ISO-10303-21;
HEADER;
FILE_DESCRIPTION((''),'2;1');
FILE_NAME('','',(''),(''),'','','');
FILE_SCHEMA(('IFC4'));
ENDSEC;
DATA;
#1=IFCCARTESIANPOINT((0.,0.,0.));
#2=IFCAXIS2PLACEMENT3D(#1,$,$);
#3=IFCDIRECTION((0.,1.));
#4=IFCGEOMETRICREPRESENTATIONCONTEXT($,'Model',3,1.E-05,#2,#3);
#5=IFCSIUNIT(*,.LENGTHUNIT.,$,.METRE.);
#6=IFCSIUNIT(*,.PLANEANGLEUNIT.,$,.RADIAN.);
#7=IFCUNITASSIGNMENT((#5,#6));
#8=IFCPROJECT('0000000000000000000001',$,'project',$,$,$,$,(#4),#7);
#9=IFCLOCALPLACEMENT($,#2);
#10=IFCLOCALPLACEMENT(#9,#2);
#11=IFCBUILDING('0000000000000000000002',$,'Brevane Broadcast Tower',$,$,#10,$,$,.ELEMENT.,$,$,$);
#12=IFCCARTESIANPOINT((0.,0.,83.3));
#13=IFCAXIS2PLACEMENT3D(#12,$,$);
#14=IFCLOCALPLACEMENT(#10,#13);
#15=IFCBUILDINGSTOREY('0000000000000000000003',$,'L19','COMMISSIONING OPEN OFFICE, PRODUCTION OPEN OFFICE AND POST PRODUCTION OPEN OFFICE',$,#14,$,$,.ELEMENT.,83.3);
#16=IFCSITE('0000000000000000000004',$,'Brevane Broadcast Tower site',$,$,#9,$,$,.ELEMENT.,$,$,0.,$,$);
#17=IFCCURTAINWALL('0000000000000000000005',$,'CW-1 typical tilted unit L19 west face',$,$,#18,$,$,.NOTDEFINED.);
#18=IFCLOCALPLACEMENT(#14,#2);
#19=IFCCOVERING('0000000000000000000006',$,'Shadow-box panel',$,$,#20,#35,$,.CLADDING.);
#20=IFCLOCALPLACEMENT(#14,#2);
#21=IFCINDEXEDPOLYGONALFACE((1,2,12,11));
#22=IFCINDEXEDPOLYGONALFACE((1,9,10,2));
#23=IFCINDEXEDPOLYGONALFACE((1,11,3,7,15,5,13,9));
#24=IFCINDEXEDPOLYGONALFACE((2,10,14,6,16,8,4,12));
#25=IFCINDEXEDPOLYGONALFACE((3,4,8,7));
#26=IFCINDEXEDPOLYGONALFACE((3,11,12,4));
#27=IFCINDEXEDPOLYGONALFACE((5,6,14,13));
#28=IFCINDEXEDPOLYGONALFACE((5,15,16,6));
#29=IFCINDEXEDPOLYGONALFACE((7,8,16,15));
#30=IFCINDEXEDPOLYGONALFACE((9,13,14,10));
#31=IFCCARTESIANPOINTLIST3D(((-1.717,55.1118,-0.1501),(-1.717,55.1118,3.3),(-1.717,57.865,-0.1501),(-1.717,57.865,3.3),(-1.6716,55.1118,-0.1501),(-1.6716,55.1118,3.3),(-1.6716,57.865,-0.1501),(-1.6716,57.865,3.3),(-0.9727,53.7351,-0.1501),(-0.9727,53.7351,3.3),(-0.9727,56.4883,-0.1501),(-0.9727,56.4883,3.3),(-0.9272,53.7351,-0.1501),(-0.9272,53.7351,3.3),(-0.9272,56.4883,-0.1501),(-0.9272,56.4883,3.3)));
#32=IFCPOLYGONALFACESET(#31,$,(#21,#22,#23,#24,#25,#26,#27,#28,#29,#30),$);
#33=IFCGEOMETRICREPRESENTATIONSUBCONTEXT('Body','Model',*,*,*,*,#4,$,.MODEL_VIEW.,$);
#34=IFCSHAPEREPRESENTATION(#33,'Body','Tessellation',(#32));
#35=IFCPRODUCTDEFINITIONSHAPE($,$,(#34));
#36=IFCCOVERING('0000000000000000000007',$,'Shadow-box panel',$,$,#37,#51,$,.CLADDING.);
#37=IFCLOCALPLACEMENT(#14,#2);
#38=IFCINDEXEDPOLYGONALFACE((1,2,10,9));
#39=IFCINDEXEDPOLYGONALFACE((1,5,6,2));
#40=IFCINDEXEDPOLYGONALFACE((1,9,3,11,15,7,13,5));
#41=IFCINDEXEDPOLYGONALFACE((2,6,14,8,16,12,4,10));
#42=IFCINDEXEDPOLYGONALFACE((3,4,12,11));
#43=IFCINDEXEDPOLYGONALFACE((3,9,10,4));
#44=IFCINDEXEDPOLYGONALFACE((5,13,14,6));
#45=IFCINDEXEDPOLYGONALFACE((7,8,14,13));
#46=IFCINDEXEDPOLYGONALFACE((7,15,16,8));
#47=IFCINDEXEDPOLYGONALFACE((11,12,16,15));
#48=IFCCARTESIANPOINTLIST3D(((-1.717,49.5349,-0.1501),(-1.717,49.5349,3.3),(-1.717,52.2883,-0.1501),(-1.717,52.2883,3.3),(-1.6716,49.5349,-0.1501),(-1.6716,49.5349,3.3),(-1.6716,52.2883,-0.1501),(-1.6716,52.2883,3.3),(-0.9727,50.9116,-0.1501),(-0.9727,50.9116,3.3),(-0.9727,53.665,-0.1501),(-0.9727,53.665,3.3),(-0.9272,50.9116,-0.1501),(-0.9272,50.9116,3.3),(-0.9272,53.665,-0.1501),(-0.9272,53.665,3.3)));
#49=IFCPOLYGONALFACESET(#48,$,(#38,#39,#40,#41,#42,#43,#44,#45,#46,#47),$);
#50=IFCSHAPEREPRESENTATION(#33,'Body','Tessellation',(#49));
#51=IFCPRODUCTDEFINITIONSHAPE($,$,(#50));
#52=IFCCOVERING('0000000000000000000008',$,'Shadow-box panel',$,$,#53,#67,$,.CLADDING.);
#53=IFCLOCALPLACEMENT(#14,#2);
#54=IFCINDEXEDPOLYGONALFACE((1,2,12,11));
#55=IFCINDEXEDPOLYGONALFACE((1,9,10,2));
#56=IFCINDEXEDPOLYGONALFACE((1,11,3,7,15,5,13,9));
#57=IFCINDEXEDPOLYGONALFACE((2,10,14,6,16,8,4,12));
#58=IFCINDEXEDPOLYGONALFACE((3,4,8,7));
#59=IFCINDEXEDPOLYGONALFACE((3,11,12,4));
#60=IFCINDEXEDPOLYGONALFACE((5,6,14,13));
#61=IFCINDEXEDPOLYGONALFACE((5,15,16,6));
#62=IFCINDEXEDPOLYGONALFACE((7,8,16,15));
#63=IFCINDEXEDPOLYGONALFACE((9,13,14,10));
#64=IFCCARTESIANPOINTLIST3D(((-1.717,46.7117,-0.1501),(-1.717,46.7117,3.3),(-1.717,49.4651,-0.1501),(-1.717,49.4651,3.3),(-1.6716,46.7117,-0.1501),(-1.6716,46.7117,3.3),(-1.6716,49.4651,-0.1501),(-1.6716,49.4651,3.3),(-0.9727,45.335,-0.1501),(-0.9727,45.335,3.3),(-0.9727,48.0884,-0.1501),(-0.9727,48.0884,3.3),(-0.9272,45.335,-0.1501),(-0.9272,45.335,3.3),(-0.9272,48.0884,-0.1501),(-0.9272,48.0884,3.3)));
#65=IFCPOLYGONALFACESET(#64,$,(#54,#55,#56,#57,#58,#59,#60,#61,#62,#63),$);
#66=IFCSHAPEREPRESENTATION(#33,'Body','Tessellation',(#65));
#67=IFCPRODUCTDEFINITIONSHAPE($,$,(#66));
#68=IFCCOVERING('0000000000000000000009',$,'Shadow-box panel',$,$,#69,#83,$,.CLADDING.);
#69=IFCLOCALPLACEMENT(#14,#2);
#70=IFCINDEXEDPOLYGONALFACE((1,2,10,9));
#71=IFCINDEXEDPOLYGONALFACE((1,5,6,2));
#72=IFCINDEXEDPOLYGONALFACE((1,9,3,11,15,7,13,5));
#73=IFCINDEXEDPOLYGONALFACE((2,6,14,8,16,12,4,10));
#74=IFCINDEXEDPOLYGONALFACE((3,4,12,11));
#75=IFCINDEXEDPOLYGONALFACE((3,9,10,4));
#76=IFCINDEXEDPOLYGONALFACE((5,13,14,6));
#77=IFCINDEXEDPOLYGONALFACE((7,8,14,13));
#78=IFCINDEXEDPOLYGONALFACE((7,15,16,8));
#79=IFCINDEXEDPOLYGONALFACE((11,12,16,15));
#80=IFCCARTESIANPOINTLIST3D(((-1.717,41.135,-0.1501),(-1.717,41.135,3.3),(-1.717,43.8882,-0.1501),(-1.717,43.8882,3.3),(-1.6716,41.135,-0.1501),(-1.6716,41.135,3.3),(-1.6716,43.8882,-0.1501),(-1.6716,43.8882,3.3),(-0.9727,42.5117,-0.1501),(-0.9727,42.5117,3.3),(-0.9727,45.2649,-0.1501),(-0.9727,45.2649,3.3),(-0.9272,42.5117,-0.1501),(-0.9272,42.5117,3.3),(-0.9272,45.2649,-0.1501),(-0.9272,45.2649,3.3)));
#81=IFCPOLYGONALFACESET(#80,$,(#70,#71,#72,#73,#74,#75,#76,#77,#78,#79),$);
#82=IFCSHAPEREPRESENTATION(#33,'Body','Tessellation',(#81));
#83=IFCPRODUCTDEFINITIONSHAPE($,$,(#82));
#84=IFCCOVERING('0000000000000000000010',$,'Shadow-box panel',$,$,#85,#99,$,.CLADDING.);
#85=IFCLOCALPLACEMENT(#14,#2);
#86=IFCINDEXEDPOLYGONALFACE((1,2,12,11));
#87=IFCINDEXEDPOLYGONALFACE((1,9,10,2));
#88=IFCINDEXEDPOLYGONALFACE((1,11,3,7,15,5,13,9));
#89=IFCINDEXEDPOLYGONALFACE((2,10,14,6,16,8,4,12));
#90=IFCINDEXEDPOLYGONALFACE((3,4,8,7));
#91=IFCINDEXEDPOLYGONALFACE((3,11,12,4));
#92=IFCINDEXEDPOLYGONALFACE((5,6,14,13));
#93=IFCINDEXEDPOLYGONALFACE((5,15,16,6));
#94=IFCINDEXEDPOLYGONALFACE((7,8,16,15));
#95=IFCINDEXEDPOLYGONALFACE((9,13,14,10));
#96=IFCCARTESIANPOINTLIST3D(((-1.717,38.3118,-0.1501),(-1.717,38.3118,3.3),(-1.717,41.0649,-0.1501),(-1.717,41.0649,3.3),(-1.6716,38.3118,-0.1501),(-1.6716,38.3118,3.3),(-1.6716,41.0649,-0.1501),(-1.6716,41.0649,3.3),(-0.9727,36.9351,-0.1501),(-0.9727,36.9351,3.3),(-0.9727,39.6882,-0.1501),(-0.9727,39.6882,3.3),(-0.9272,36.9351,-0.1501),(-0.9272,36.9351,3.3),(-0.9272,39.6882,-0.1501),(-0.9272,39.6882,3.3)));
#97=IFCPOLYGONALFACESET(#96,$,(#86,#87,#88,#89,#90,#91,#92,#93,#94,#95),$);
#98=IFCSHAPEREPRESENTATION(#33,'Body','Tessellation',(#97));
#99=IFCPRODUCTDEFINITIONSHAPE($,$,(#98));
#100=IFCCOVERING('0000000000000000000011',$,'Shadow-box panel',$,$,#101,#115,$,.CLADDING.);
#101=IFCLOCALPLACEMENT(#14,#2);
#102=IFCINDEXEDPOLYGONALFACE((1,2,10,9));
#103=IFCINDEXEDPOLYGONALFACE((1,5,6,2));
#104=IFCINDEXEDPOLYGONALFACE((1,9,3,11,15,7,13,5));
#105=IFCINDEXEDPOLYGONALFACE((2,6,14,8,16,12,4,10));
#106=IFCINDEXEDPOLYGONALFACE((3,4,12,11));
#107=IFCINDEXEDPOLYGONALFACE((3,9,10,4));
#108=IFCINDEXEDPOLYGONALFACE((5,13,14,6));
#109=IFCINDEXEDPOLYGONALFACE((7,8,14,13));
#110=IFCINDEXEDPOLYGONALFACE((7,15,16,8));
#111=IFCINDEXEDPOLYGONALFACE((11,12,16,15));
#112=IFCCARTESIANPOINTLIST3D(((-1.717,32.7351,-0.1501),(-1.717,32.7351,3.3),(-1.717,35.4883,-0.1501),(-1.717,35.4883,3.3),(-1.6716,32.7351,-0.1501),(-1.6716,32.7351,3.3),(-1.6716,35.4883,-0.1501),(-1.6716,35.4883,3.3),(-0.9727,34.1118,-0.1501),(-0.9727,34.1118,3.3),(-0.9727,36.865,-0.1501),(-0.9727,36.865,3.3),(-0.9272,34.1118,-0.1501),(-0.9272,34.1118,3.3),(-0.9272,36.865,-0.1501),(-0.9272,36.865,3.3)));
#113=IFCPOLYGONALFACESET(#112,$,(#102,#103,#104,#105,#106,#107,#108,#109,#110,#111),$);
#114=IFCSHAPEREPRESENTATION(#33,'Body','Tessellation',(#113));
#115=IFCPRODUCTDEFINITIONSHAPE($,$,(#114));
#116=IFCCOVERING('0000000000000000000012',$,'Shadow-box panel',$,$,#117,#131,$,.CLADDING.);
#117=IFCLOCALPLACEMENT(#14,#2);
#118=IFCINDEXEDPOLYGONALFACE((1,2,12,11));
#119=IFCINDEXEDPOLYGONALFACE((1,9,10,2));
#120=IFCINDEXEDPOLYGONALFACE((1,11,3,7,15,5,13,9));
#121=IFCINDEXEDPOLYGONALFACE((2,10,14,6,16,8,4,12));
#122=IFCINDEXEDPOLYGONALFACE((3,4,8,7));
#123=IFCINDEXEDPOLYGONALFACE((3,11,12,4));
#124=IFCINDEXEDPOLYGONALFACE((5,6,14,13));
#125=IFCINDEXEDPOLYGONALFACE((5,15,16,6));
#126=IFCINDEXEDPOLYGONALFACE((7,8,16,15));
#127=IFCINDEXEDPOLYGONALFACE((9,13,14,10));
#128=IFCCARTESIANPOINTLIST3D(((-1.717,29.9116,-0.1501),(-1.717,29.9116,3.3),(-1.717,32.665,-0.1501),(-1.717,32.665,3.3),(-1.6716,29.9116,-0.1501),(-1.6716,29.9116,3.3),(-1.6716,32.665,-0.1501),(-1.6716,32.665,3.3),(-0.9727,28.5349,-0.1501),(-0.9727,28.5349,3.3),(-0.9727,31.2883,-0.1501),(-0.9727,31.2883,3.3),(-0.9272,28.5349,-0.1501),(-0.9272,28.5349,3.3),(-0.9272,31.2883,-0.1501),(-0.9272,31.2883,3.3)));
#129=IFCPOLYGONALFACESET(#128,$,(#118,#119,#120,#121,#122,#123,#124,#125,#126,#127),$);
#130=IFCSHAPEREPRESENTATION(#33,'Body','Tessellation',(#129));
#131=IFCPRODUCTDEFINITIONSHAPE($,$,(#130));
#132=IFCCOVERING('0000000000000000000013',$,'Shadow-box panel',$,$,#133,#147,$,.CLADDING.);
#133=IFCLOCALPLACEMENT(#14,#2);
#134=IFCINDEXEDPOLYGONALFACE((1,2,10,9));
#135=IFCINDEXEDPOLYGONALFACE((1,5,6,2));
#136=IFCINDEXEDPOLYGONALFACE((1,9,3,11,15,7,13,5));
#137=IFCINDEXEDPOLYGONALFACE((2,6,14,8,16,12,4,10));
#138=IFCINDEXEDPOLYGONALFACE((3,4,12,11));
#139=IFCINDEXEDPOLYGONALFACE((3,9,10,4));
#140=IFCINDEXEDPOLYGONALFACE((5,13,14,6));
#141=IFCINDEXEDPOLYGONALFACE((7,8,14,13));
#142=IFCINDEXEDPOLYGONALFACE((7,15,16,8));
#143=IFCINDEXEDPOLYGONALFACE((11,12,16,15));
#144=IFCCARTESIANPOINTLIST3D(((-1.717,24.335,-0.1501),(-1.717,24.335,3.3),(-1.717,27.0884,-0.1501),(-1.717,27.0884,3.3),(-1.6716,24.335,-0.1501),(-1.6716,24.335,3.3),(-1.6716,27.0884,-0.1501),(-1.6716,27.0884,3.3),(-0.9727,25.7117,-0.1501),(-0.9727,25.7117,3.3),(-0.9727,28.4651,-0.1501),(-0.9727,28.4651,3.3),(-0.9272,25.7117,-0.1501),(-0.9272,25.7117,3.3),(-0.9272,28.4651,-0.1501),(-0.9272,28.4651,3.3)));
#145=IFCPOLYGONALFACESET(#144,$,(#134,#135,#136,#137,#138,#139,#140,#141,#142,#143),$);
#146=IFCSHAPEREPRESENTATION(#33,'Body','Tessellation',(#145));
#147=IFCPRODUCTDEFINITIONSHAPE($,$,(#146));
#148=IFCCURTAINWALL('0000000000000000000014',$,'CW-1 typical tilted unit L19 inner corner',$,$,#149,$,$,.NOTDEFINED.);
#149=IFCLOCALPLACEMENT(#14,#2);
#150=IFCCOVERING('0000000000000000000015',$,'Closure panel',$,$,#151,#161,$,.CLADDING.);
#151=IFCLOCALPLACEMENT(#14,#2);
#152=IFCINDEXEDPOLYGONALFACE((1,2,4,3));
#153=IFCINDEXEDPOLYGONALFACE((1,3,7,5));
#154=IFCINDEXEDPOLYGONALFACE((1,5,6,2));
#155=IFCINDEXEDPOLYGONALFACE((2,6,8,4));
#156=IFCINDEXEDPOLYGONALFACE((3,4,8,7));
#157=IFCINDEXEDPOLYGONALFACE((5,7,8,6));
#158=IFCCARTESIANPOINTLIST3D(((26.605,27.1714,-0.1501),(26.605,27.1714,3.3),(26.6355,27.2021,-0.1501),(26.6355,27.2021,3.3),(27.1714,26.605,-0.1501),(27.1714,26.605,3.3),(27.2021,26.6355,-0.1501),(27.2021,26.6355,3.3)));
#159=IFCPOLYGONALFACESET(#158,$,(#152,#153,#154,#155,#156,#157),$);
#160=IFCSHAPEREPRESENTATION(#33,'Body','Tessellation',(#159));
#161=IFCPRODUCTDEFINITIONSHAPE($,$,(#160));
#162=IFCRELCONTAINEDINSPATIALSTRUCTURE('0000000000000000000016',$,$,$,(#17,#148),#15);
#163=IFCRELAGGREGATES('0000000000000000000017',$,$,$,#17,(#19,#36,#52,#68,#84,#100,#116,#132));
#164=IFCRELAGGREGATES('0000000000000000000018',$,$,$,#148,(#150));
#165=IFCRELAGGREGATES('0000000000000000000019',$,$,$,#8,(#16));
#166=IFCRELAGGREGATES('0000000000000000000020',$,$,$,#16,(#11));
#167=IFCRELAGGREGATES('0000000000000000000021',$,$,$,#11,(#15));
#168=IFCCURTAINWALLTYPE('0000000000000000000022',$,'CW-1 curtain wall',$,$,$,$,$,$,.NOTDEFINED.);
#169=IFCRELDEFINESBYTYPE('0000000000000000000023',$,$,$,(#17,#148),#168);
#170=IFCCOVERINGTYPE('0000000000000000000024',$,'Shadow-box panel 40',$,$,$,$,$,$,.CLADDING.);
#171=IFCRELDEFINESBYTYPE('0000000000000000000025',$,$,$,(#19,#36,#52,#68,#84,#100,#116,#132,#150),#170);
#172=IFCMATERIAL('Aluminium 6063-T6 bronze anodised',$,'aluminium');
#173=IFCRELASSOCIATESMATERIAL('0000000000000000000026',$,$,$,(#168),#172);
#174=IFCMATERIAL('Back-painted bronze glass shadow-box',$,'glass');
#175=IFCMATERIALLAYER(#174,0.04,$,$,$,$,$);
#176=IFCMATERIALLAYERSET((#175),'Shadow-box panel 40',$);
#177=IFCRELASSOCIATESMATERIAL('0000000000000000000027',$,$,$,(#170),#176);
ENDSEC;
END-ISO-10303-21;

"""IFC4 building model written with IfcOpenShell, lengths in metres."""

from ifc_helpers import new_model, si_unit, direction, frame, origin, place, context, subcontext, project, spatial, polyline, outline, extrude, material, layer, layer_set, type_object, element, aggregate, save


model = new_model("IFC4")

# Units and contexts
model_context = context("Model", 3, precision=1e-05, world=origin(), true_north=direction((0.0, 1.0)))
body_context = subcontext(model_context, "Body", "Model", "MODEL_VIEW")
ifc_project = project(units=[si_unit("LENGTHUNIT", "METRE"), si_unit("PLANEANGLEUNIT", "RADIAN")], contexts=[model_context])

# Site, building, storey
site_placement = place(None, origin())
site = spatial("IfcSite", under=ifc_project, at=site_placement, Name="Brevane Broadcast Tower site", CompositionType="ELEMENT", RefElevation=0.0)
building_placement = place(site_placement, origin())
building = spatial("IfcBuilding", under=site, at=building_placement, Name="Brevane Broadcast Tower", CompositionType="ELEMENT")
storey_placement = place(building_placement, frame((0.0, 0.0, 83.3)))
storey = spatial("IfcBuildingStorey", under=building, at=storey_placement, Name="L19", Description="COMMISSIONING OPEN OFFICE, PRODUCTION OPEN OFFICE AND POST PRODUCTION OPEN OFFICE", CompositionType="ELEMENT", Elevation=83.3)

# Shared definitions
ifc_material_1 = material(Name="Aluminium 6063-T6 bronze anodised", Category="aluminium")
curtain_wall_type = type_object("IfcCurtainWallType", Name="CW-1 curtain wall", PredefinedType="NOTDEFINED", material=ifc_material_1)

# Curtain wall
curtain_wall_1_placement = place(storey_placement, origin())
curtain_wall_1 = element("IfcCurtainWall", 1, at=curtain_wall_1_placement, inside=storey, type_object=curtain_wall_type, Name="CW-1 typical tilted unit L19 west face", PredefinedType="NOTDEFINED")

# Coverings
ifc_material_2 = material(Name="Back-painted bronze glass shadow-box", Category="glass")
ifc_layer_1 = layer(ifc_material_2, 0.04)
ifc_layer_set_1 = layer_set([ifc_layer_1], Name="Shadow-box panel 40")
covering_type = type_object("IfcCoveringType", Name="Shadow-box panel 40", PredefinedType="CLADDING", material=ifc_layer_set_1)
covering_1_placement = place(storey_placement, frame((0.0, 0.0, -0.1501)))
covering_1 = element("IfcCovering", 2, at=covering_1_placement, type_object=covering_type, Name="Shadow-box panel", PredefinedType="CLADDING", context=body_context, shape_type="SweptSolid", body=[
    extrude(outline(polyline([(-1.6716, 57.865), (-1.717, 57.865), (-0.9727, 56.4883), (-1.717, 55.1118), (-0.9727, 53.7351), (-0.9272, 53.7351), (-1.6716, 55.1118), (-0.9272, 56.4883), (-1.6716, 57.865)])), origin(), (0.0, 0.0, 1.0), 3.4502),
])
covering_2_placement = place(storey_placement, frame((0.0, 0.0, -0.1501)))
covering_2 = element("IfcCovering", 3, at=covering_2_placement, type_object=covering_type, Name="Shadow-box panel", PredefinedType="CLADDING", context=body_context, shape_type="SweptSolid", body=[
    extrude(outline(polyline([(-0.9272, 53.665), (-0.9727, 53.665), (-1.717, 52.2883), (-0.9727, 50.9116), (-1.717, 49.5349), (-1.6716, 49.5349), (-0.9272, 50.9116), (-1.6716, 52.2883), (-0.9272, 53.665)])), origin(), (0.0, 0.0, 1.0), 3.4502),
])
covering_3_placement = place(storey_placement, frame((0.0, 0.0, -0.1501)))
covering_3 = element("IfcCovering", 4, at=covering_3_placement, type_object=covering_type, Name="Shadow-box panel", PredefinedType="CLADDING", context=body_context, shape_type="SweptSolid", body=[
    extrude(outline(polyline([(-1.6716, 49.4651), (-1.717, 49.4651), (-0.9727, 48.0884), (-1.717, 46.7117), (-0.9727, 45.335), (-0.9272, 45.335), (-1.6716, 46.7117), (-0.9272, 48.0884), (-1.6716, 49.4651)])), origin(), (0.0, 0.0, 1.0), 3.4502),
])
covering_4_placement = place(storey_placement, frame((0.0, 0.0, -0.1501)))
covering_4 = element("IfcCovering", 5, at=covering_4_placement, type_object=covering_type, Name="Shadow-box panel", PredefinedType="CLADDING", context=body_context, shape_type="SweptSolid", body=[
    extrude(outline(polyline([(-0.9272, 45.2649), (-0.9727, 45.2649), (-1.717, 43.8882), (-0.9727, 42.5117), (-1.717, 41.135), (-1.6716, 41.135), (-0.9272, 42.5117), (-1.6716, 43.8882), (-0.9272, 45.2649)])), origin(), (0.0, 0.0, 1.0), 3.4502),
])
covering_5_placement = place(storey_placement, frame((0.0, 0.0, -0.1501)))
covering_5 = element("IfcCovering", 6, at=covering_5_placement, type_object=covering_type, Name="Shadow-box panel", PredefinedType="CLADDING", context=body_context, shape_type="SweptSolid", body=[
    extrude(outline(polyline([(-1.6716, 41.0649), (-1.717, 41.0649), (-0.9727, 39.6882), (-1.717, 38.3118), (-0.9727, 36.9351), (-0.9272, 36.9351), (-1.6716, 38.3118), (-0.9272, 39.6882), (-1.6716, 41.0649)])), origin(), (0.0, 0.0, 1.0), 3.4502),
])
covering_6_placement = place(storey_placement, frame((0.0, 0.0, -0.1501)))
covering_6 = element("IfcCovering", 7, at=covering_6_placement, type_object=covering_type, Name="Shadow-box panel", PredefinedType="CLADDING", context=body_context, shape_type="SweptSolid", body=[
    extrude(outline(polyline([(-0.9272, 36.865), (-0.9727, 36.865), (-1.717, 35.4883), (-0.9727, 34.1118), (-1.717, 32.7351), (-1.6716, 32.7351), (-0.9272, 34.1118), (-1.6716, 35.4883), (-0.9272, 36.865)])), origin(), (0.0, 0.0, 1.0), 3.4502),
])
covering_7_placement = place(storey_placement, frame((0.0, 0.0, -0.1501)))
covering_7 = element("IfcCovering", 8, at=covering_7_placement, type_object=covering_type, Name="Shadow-box panel", PredefinedType="CLADDING", context=body_context, shape_type="SweptSolid", body=[
    extrude(outline(polyline([(-1.6716, 32.665), (-1.717, 32.665), (-0.9727, 31.2883), (-1.717, 29.9116), (-0.9727, 28.5349), (-0.9272, 28.5349), (-1.6716, 29.9116), (-0.9272, 31.2883), (-1.6716, 32.665)])), origin(), (0.0, 0.0, 1.0), 3.4502),
])
covering_8_placement = place(storey_placement, frame((0.0, 0.0, -0.1501)))
covering_8 = element("IfcCovering", 9, at=covering_8_placement, type_object=covering_type, Name="Shadow-box panel", PredefinedType="CLADDING", context=body_context, shape_type="SweptSolid", body=[
    extrude(outline(polyline([(-0.9272, 28.4651), (-0.9727, 28.4651), (-1.717, 27.0884), (-0.9727, 25.7117), (-1.717, 24.335), (-1.6716, 24.335), (-0.9272, 25.7117), (-1.6716, 27.0884), (-0.9272, 28.4651)])), origin(), (0.0, 0.0, 1.0), 3.4502),
])
aggregate(curtain_wall_1, [covering_1, covering_2, covering_3, covering_4, covering_5, covering_6, covering_7, covering_8])

# Curtain wall, covering
curtain_wall_2_placement = place(storey_placement, origin())
curtain_wall_2 = element("IfcCurtainWall", 10, at=curtain_wall_2_placement, inside=storey, type_object=curtain_wall_type, Name="CW-1 typical tilted unit L19 inner corner", PredefinedType="NOTDEFINED")
covering_9_placement = place(storey_placement, frame((0.0, 0.0, -0.1501)))
covering_9 = element("IfcCovering", 11, at=covering_9_placement, type_object=covering_type, Name="Closure panel", PredefinedType="CLADDING", context=body_context, shape_type="SweptSolid", body=[
    extrude(outline(polyline([(27.1714, 26.605), (27.2021, 26.6355), (26.6355, 27.2021), (26.605, 27.1714), (27.1714, 26.605)])), origin(), (0.0, 0.0, 1.0), 3.4502),
])
aggregate(curtain_wall_2, [covering_9])

save(model, "model.ifc")
